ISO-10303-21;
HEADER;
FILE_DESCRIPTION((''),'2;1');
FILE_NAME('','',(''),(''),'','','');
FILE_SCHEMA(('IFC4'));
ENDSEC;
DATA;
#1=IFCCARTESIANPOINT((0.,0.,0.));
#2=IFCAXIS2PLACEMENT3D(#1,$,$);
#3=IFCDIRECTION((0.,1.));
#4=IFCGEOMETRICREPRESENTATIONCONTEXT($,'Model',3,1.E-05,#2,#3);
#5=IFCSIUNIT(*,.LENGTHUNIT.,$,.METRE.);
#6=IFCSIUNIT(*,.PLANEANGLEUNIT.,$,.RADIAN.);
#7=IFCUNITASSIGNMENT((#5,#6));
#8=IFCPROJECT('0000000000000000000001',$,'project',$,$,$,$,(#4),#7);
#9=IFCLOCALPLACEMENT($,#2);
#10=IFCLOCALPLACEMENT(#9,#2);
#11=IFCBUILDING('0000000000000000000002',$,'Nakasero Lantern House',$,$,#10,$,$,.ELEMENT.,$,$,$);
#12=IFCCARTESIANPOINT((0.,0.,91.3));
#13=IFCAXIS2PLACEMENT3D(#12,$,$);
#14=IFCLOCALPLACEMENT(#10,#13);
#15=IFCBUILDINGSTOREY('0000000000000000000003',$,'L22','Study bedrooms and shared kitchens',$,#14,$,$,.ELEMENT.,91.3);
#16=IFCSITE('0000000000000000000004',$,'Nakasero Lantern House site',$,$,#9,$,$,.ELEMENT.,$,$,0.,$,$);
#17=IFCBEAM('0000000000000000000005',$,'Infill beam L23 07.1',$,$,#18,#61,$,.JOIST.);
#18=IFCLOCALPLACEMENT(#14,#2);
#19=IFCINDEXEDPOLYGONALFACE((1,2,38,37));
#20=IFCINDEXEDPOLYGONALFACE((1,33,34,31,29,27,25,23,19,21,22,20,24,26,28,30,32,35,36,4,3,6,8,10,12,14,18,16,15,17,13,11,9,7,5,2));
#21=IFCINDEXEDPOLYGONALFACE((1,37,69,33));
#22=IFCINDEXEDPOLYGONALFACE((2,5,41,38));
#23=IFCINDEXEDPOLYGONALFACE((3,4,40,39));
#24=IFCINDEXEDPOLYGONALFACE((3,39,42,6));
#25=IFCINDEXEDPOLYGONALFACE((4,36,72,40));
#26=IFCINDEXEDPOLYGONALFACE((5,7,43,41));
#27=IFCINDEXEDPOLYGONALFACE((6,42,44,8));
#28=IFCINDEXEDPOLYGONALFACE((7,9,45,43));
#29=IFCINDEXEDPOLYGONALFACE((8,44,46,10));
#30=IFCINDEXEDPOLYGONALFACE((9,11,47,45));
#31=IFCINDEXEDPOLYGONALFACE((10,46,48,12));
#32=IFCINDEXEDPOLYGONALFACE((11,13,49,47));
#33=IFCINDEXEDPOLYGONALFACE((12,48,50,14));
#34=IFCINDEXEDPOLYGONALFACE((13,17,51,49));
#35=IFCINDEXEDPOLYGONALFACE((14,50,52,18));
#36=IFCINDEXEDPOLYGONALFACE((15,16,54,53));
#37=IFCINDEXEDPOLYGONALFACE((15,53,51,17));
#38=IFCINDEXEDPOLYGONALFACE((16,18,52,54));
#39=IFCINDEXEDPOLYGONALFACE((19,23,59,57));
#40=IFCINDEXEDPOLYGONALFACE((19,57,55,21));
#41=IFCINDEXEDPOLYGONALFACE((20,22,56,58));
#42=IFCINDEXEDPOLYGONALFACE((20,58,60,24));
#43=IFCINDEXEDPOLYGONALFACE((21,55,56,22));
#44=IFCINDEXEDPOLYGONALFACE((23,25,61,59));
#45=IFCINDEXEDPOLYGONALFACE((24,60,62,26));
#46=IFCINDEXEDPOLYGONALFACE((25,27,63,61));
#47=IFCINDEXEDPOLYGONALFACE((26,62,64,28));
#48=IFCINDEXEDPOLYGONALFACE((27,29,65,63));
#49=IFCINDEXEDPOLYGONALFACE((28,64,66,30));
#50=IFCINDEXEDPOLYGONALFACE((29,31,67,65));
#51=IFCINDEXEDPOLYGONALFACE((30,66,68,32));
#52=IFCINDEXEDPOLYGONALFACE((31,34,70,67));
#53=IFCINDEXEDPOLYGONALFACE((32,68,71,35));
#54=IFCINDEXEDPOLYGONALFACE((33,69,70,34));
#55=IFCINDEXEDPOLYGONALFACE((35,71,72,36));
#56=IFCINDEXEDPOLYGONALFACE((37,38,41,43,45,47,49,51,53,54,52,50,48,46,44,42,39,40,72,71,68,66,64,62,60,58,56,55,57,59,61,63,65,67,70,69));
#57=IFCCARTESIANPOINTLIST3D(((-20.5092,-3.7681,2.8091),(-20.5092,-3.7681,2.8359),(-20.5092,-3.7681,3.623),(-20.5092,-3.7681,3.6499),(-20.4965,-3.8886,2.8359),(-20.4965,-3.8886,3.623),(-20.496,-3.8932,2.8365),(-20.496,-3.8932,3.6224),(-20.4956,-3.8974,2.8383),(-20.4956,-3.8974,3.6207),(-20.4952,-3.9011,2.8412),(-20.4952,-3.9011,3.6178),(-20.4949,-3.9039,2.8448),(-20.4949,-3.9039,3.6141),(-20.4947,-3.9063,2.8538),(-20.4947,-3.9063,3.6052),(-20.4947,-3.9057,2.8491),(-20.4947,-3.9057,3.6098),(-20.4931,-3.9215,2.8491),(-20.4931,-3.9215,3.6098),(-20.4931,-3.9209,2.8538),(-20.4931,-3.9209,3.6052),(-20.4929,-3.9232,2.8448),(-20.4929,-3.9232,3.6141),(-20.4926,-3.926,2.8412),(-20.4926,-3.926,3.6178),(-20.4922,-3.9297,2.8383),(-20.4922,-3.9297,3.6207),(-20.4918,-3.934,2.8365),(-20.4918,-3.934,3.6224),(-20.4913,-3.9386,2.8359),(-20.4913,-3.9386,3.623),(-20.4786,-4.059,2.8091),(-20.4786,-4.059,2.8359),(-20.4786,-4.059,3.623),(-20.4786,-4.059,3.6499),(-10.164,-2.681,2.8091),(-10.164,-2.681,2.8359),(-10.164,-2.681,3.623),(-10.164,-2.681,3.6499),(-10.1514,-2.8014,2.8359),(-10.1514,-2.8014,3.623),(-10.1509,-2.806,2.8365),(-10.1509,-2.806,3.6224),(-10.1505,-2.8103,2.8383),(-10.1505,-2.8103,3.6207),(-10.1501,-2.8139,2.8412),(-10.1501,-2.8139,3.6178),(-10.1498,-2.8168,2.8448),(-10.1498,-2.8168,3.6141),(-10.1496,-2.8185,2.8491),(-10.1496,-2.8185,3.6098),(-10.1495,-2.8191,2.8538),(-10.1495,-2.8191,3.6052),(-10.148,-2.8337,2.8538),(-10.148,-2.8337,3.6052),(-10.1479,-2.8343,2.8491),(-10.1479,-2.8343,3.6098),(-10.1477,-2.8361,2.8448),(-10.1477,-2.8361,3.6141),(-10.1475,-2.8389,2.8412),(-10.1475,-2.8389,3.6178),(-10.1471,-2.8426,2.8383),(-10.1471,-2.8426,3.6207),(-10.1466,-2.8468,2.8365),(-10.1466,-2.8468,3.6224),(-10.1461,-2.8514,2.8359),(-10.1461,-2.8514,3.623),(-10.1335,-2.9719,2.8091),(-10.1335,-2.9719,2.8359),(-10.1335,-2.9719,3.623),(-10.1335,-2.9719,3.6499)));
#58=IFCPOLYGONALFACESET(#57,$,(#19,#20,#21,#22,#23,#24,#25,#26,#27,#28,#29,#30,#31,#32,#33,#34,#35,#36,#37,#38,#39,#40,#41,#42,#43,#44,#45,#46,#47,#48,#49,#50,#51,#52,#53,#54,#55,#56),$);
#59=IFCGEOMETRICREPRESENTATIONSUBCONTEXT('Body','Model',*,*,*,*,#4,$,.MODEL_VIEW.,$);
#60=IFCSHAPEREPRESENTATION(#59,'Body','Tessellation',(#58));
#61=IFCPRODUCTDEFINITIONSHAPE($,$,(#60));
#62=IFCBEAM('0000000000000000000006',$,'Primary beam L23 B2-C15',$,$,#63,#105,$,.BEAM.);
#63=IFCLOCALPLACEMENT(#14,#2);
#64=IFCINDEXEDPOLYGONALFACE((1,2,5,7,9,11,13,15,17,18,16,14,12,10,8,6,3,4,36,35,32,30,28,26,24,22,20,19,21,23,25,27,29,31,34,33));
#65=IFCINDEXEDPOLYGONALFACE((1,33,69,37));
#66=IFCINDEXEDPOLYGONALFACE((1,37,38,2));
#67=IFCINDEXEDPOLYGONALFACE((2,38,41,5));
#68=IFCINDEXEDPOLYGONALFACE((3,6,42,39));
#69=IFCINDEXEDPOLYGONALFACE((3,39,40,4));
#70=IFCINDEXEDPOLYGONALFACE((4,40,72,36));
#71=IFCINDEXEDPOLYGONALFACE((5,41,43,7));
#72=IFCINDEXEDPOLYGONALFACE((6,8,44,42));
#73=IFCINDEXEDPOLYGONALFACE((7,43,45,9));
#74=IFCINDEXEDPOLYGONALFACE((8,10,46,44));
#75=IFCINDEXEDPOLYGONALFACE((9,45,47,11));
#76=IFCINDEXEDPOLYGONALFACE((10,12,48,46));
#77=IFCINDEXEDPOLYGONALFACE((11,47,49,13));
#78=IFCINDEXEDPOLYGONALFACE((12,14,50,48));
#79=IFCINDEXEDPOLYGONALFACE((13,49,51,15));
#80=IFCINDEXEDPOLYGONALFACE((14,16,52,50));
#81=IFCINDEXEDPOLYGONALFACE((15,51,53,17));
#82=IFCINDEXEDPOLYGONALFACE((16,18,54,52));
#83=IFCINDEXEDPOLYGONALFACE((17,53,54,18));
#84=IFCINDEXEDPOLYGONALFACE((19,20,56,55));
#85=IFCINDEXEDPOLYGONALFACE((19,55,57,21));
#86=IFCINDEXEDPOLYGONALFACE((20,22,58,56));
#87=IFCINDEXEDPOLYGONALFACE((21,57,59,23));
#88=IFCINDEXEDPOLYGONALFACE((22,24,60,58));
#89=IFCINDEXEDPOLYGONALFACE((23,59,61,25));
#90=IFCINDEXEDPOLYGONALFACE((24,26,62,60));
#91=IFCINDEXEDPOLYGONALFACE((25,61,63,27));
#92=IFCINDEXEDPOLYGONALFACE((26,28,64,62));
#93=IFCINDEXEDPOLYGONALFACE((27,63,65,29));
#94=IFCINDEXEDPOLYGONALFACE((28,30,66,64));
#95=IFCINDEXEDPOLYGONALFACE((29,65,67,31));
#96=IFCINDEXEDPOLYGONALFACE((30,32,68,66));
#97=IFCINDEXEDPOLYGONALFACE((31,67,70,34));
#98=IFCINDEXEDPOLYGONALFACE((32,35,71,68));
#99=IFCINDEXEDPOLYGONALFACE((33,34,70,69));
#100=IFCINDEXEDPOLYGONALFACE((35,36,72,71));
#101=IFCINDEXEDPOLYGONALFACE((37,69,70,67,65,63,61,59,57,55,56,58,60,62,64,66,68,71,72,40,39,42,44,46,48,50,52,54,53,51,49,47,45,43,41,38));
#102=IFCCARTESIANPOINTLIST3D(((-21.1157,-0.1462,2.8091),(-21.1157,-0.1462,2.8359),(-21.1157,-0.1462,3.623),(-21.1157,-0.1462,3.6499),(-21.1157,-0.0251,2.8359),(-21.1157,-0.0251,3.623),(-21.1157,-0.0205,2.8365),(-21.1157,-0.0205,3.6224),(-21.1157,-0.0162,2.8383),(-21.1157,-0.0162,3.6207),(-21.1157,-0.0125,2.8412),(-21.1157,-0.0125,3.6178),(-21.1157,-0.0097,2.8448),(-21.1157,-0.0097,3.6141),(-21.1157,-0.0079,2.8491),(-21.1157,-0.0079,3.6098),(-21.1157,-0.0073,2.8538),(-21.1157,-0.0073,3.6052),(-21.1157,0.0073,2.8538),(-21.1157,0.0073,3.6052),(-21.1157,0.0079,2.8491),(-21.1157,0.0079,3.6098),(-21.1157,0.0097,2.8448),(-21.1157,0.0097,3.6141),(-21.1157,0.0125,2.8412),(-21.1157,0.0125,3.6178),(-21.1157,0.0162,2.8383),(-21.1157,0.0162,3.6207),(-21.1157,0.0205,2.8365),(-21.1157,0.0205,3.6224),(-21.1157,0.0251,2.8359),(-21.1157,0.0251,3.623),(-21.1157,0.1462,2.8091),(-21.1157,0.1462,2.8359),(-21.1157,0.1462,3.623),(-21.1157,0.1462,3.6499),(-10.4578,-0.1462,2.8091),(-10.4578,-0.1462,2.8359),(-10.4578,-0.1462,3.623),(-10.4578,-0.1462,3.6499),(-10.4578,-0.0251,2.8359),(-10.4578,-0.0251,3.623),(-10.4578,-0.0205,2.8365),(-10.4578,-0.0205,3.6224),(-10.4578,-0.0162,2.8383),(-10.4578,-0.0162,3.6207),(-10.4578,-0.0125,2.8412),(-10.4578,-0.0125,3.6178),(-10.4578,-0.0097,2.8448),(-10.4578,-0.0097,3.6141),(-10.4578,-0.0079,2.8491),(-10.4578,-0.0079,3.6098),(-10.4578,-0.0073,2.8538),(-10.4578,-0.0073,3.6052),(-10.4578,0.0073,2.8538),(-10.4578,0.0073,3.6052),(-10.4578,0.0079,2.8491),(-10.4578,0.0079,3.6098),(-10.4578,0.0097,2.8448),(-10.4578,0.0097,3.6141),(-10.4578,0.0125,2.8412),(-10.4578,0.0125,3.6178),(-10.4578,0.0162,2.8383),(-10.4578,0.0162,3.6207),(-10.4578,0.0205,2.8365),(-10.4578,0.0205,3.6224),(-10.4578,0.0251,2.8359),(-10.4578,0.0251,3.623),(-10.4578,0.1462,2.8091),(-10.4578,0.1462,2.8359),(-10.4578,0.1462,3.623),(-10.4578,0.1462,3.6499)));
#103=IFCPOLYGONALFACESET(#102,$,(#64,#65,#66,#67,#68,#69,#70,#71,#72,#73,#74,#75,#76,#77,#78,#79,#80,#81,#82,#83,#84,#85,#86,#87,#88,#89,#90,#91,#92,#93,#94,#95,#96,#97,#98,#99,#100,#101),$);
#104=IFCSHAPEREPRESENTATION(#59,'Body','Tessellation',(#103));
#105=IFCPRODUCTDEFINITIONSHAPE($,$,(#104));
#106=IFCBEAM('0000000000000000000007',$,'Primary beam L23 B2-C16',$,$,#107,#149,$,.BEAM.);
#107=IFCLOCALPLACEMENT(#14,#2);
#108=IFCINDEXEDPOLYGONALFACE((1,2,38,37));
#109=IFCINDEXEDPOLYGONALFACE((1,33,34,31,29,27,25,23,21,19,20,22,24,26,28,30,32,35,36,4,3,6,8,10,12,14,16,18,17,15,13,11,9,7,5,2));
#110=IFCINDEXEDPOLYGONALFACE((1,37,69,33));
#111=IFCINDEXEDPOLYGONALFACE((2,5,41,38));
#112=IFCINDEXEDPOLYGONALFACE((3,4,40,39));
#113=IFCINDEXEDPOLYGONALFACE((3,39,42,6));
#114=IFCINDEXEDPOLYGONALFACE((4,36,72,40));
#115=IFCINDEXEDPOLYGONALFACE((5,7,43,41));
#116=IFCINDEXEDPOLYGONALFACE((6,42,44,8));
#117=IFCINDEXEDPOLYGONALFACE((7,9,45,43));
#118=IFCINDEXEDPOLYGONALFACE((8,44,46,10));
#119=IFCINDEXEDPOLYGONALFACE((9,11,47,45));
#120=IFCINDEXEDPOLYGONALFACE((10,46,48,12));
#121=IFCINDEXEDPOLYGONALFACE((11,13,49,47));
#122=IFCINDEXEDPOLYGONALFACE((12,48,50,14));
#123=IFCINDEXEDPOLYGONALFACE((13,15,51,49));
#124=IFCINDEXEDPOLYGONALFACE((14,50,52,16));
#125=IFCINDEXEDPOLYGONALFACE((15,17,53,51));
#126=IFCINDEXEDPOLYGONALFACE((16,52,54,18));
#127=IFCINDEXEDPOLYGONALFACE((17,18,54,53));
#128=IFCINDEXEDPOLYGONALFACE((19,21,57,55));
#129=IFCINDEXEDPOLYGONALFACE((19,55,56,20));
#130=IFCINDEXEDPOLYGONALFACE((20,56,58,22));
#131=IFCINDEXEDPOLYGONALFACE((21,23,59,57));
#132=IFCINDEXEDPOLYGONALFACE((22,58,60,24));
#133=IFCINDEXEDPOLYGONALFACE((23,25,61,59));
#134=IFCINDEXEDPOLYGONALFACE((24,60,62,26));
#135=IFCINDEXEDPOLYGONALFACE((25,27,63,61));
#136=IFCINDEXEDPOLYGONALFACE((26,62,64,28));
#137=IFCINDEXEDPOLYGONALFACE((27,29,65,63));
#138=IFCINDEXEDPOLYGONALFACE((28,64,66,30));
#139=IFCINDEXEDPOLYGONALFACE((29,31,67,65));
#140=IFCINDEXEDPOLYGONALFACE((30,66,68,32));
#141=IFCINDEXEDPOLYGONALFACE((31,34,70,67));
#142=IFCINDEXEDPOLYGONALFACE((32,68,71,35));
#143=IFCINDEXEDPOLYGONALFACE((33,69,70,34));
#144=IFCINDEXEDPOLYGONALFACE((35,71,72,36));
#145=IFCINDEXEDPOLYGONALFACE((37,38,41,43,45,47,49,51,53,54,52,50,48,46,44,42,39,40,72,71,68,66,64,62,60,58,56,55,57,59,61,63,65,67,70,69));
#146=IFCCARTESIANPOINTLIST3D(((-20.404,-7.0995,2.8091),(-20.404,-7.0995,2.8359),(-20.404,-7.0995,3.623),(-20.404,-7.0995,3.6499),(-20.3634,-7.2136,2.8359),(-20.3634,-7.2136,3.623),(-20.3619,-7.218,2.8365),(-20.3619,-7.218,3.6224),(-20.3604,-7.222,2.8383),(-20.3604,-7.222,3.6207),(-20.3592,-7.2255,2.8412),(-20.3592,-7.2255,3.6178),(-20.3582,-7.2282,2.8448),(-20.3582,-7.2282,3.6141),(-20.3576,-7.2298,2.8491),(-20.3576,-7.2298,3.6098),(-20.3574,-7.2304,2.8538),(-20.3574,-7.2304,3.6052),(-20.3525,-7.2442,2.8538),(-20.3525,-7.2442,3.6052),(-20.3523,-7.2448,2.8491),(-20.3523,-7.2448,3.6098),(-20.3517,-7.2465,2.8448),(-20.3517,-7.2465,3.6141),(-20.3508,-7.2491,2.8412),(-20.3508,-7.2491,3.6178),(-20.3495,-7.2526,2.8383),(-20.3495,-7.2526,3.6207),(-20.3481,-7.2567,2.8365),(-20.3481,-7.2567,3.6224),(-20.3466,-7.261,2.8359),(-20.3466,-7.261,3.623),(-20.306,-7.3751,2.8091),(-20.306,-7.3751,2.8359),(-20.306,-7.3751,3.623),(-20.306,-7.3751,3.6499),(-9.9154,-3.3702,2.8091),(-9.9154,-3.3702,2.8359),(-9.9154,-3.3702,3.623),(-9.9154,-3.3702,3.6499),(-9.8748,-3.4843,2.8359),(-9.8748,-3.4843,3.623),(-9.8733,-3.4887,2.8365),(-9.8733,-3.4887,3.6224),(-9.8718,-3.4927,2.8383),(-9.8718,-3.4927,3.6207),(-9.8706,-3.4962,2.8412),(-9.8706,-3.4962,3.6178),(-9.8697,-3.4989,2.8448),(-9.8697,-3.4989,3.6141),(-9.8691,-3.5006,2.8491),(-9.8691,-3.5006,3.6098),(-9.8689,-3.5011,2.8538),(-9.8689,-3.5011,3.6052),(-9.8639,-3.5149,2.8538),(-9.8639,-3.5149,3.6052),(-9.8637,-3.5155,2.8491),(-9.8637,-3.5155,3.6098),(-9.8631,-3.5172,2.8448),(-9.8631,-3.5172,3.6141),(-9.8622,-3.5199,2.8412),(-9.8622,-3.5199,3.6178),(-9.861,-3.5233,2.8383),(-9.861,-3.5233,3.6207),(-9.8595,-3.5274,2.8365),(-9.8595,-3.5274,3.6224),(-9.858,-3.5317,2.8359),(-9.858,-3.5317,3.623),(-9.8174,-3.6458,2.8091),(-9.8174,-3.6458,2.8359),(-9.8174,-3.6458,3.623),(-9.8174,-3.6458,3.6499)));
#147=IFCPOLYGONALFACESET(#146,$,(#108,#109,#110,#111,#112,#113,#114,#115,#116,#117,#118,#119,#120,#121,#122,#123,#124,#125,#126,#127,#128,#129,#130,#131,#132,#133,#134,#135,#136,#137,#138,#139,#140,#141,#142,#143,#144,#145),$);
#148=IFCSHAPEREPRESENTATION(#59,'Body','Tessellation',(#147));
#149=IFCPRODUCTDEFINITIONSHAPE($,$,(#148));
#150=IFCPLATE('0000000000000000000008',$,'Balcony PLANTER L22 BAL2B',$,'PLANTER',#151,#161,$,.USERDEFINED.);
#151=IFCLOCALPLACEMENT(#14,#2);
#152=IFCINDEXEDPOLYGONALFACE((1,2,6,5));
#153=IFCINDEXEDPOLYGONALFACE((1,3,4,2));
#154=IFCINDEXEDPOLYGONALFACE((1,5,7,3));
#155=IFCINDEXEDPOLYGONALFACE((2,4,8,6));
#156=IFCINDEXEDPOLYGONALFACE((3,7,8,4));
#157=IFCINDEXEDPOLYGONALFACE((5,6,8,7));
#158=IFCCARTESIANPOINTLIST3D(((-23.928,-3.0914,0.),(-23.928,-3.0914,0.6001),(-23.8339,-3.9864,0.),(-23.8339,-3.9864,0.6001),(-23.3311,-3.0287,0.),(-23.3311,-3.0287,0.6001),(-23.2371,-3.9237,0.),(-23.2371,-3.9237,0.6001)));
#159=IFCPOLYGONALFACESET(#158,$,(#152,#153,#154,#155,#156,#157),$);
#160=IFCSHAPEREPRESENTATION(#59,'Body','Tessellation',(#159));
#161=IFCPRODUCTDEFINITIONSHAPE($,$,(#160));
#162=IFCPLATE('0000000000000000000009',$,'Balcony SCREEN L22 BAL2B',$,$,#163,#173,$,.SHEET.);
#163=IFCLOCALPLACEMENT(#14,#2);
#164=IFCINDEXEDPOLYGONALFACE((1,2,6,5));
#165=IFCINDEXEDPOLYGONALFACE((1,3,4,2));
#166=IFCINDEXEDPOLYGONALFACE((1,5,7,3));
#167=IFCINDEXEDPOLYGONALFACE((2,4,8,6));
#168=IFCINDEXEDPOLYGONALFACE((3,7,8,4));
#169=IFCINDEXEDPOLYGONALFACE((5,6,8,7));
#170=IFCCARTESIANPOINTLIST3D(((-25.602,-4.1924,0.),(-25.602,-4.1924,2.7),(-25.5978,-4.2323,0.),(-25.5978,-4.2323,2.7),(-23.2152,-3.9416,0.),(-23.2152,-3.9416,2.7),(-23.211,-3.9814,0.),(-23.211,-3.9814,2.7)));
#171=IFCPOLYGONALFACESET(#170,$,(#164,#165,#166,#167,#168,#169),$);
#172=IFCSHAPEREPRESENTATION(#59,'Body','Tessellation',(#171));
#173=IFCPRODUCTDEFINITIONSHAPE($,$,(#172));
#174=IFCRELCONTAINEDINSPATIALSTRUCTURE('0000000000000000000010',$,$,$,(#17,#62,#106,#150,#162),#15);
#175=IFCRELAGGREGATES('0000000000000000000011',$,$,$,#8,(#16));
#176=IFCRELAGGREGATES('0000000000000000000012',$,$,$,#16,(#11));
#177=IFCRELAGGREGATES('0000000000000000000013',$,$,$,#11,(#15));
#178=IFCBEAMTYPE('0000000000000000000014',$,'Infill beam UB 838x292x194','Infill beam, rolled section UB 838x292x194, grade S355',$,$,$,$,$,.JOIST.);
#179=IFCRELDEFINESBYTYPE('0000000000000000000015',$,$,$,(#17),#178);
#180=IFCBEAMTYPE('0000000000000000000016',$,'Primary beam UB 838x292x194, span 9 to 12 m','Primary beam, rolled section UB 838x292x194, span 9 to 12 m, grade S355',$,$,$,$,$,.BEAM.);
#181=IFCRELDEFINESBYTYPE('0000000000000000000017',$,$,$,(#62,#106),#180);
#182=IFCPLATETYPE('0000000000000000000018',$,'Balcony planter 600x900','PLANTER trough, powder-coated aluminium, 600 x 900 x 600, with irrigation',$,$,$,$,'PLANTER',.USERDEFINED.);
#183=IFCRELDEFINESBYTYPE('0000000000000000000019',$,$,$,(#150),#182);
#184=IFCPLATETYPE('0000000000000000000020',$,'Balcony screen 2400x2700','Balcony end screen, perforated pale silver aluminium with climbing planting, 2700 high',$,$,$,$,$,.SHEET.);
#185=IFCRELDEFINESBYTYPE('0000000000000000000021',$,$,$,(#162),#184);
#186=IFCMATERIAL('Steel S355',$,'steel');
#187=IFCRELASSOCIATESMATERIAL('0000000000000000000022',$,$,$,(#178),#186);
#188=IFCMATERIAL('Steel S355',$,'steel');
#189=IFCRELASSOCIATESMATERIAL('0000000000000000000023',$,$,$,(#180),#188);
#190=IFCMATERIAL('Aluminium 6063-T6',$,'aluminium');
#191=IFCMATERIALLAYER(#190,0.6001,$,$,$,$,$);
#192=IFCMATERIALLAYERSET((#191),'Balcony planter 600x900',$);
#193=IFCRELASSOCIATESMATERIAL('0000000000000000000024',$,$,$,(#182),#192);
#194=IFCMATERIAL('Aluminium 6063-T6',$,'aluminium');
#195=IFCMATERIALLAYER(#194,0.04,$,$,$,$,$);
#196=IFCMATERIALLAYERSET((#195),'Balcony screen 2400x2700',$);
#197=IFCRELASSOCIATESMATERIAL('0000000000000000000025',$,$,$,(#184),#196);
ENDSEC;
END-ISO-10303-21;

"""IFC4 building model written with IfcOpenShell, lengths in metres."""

from ifc_helpers import new_model, si_unit, direction, frame, origin, origin_2d, place, context, subcontext, project, spatial, rectangle, i_section, extrude, material, layer, layer_set, material_profile, profile_set, type_object, element, save


model = new_model("IFC4")

# Units and contexts
model_context = context("Model", 3, precision=1e-05, world=origin(), true_north=direction((0.0, 1.0)))
body_context = subcontext(model_context, "Body", "Model", "MODEL_VIEW")
ifc_project = project(units=[si_unit("LENGTHUNIT", "METRE"), si_unit("PLANEANGLEUNIT", "RADIAN")], contexts=[model_context])

# Site, building, storey
site_placement = place(None, origin())
site = spatial("IfcSite", under=ifc_project, at=site_placement, Name="Nakasero Lantern House site", CompositionType="ELEMENT", RefElevation=0.0)
building_placement = place(site_placement, origin())
building = spatial("IfcBuilding", under=site, at=building_placement, Name="Nakasero Lantern House", CompositionType="ELEMENT")
storey_placement = place(building_placement, frame((0.0, 0.0, 91.3)))
storey = spatial("IfcBuildingStorey", under=building, at=storey_placement, Name="L22", Description="Study bedrooms and shared kitchens", CompositionType="ELEMENT", Elevation=91.3)

# Beams
ifc_material_1 = material(Name="Steel S355", Category="steel")
ifc_material_profile_1 = material_profile(ifc_material_1, i_section(OverallWidth=0.2925, OverallDepth=0.8408, WebThickness=0.0146, FlangeThickness=0.0269, FilletRadius=0.0178, at=origin_2d()), Name="UB 838x292x194")
ifc_profile_set_1 = profile_set([ifc_material_profile_1], Name="Steel S355")
beam_type_1 = type_object("IfcBeamType", Name="Infill beam UB 838x292x194", Description="Infill beam, rolled section UB 838x292x194, grade S355", PredefinedType="JOIST", material=ifc_profile_set_1)
beam_1_placement = place(storey_placement, frame((-20.4939, -3.9136, 3.2295), z_axis=(0.994524, 0.104513, 0.0), x_axis=(-0.104513, 0.994524, 0.0)))
element("IfcBeam", 1, at=beam_1_placement, inside=storey, type_object=beam_type_1, Name="Infill beam L23 07.1", PredefinedType="JOIST", context=body_context, shape_type="SweptSolid", body=[
    extrude(i_section(OverallWidth=0.2925, OverallDepth=0.8408, WebThickness=0.0146, FlangeThickness=0.0269, FilletRadius=0.0178, at=origin_2d()), origin(), (0.0, 0.0, 1.0), 10.4021),
])
ifc_material_2 = material(Name="Steel S355", Category="steel")
ifc_material_profile_2 = material_profile(ifc_material_2, i_section(OverallWidth=0.2925, OverallDepth=0.8408, WebThickness=0.0146, FlangeThickness=0.0269, FilletRadius=0.0178, at=origin_2d()), Name="UB 838x292x194")
ifc_profile_set_2 = profile_set([ifc_material_profile_2], Name="Steel S355")
beam_type_2 = type_object("IfcBeamType", Name="Primary beam UB 838x292x194, span 9 to 12 m", Description="Primary beam, rolled section UB 838x292x194, span 9 to 12 m, grade S355", PredefinedType="BEAM", material=ifc_profile_set_2)
beam_2_placement = place(storey_placement, frame((-21.1157, 0.0, 3.2295), z_axis=(1.0, 0.0, 0.0), x_axis=(0.0, 1.0, 0.0)))
element("IfcBeam", 2, at=beam_2_placement, inside=storey, type_object=beam_type_2, Name="Primary beam L23 B2-C15", PredefinedType="BEAM", context=body_context, shape_type="SweptSolid", body=[
    extrude(i_section(OverallWidth=0.2925, OverallDepth=0.8408, WebThickness=0.0146, FlangeThickness=0.0269, FilletRadius=0.0178, at=origin_2d()), origin(), (0.0, 0.0, 1.0), 10.658),
])
beam_3_placement = place(storey_placement, frame((-20.355, -7.2373, 3.2295), z_axis=(0.942215, 0.335009, 0.0), x_axis=(-0.335009, 0.942215, 0.0)))
element("IfcBeam", 3, at=beam_3_placement, inside=storey, type_object=beam_type_2, Name="Primary beam L23 B2-C16", PredefinedType="BEAM", context=body_context, shape_type="SweptSolid", body=[
    extrude(i_section(OverallWidth=0.2925, OverallDepth=0.8408, WebThickness=0.0146, FlangeThickness=0.0269, FilletRadius=0.0178, at=origin_2d()), origin(), (0.0, 0.0, 1.0), 11.1318),
])

# Plates
ifc_material_3 = material(Name="Aluminium 6063-T6", Category="aluminium")
ifc_layer_1 = layer(ifc_material_3, 0.6001)
ifc_layer_set_1 = layer_set([ifc_layer_1], Name="Balcony planter 600x900")
plate_type_1 = type_object("IfcPlateType", Name="Balcony planter 600x900", Description="PLANTER trough, powder-coated aluminium, 600 x 900 x 600, with irrigation", ElementType="PLANTER", PredefinedType="USERDEFINED", material=ifc_layer_set_1)
plate_1_placement = place(storey_placement, frame((-23.5825, -3.5076, 0.0), z_axis=(0.0, 0.0, 1.0), x_axis=(-0.994522, -0.104528, 0.0)))
element("IfcPlate", 4, at=plate_1_placement, inside=storey, type_object=plate_type_1, Name="Balcony PLANTER L22 BAL2B", ObjectType="PLANTER", PredefinedType="USERDEFINED", context=body_context, shape_type="SweptSolid", body=[
    extrude(rectangle(XDim=0.6001, YDim=0.8999, at=origin_2d()), origin(), (0.0, 0.0, 1.0), 0.6001),
])
ifc_material_4 = material(Name="Aluminium 6063-T6", Category="aluminium")
ifc_layer_2 = layer(ifc_material_4, 0.04)
ifc_layer_set_2 = layer_set([ifc_layer_2], Name="Balcony screen 2400x2700")
plate_type_2 = type_object("IfcPlateType", Name="Balcony screen 2400x2700", Description="Balcony end screen, perforated pale silver aluminium with climbing planting, 2700 high", PredefinedType="SHEET", material=ifc_layer_set_2)
plate_2_placement = place(storey_placement, frame((-24.4065, -4.0869, 0.0), z_axis=(0.0, 0.0, 1.0), x_axis=(-0.994522, -0.104528, 0.0)))
element("IfcPlate", 5, at=plate_2_placement, inside=storey, type_object=plate_type_2, Name="Balcony SCREEN L22 BAL2B", PredefinedType="SHEET", context=body_context, shape_type="SweptSolid", body=[
    extrude(rectangle(XDim=2.3999, YDim=0.04, at=origin_2d()), origin(), (0.0, 0.0, 1.0), 2.7),
])

save(model, "model.ifc")
